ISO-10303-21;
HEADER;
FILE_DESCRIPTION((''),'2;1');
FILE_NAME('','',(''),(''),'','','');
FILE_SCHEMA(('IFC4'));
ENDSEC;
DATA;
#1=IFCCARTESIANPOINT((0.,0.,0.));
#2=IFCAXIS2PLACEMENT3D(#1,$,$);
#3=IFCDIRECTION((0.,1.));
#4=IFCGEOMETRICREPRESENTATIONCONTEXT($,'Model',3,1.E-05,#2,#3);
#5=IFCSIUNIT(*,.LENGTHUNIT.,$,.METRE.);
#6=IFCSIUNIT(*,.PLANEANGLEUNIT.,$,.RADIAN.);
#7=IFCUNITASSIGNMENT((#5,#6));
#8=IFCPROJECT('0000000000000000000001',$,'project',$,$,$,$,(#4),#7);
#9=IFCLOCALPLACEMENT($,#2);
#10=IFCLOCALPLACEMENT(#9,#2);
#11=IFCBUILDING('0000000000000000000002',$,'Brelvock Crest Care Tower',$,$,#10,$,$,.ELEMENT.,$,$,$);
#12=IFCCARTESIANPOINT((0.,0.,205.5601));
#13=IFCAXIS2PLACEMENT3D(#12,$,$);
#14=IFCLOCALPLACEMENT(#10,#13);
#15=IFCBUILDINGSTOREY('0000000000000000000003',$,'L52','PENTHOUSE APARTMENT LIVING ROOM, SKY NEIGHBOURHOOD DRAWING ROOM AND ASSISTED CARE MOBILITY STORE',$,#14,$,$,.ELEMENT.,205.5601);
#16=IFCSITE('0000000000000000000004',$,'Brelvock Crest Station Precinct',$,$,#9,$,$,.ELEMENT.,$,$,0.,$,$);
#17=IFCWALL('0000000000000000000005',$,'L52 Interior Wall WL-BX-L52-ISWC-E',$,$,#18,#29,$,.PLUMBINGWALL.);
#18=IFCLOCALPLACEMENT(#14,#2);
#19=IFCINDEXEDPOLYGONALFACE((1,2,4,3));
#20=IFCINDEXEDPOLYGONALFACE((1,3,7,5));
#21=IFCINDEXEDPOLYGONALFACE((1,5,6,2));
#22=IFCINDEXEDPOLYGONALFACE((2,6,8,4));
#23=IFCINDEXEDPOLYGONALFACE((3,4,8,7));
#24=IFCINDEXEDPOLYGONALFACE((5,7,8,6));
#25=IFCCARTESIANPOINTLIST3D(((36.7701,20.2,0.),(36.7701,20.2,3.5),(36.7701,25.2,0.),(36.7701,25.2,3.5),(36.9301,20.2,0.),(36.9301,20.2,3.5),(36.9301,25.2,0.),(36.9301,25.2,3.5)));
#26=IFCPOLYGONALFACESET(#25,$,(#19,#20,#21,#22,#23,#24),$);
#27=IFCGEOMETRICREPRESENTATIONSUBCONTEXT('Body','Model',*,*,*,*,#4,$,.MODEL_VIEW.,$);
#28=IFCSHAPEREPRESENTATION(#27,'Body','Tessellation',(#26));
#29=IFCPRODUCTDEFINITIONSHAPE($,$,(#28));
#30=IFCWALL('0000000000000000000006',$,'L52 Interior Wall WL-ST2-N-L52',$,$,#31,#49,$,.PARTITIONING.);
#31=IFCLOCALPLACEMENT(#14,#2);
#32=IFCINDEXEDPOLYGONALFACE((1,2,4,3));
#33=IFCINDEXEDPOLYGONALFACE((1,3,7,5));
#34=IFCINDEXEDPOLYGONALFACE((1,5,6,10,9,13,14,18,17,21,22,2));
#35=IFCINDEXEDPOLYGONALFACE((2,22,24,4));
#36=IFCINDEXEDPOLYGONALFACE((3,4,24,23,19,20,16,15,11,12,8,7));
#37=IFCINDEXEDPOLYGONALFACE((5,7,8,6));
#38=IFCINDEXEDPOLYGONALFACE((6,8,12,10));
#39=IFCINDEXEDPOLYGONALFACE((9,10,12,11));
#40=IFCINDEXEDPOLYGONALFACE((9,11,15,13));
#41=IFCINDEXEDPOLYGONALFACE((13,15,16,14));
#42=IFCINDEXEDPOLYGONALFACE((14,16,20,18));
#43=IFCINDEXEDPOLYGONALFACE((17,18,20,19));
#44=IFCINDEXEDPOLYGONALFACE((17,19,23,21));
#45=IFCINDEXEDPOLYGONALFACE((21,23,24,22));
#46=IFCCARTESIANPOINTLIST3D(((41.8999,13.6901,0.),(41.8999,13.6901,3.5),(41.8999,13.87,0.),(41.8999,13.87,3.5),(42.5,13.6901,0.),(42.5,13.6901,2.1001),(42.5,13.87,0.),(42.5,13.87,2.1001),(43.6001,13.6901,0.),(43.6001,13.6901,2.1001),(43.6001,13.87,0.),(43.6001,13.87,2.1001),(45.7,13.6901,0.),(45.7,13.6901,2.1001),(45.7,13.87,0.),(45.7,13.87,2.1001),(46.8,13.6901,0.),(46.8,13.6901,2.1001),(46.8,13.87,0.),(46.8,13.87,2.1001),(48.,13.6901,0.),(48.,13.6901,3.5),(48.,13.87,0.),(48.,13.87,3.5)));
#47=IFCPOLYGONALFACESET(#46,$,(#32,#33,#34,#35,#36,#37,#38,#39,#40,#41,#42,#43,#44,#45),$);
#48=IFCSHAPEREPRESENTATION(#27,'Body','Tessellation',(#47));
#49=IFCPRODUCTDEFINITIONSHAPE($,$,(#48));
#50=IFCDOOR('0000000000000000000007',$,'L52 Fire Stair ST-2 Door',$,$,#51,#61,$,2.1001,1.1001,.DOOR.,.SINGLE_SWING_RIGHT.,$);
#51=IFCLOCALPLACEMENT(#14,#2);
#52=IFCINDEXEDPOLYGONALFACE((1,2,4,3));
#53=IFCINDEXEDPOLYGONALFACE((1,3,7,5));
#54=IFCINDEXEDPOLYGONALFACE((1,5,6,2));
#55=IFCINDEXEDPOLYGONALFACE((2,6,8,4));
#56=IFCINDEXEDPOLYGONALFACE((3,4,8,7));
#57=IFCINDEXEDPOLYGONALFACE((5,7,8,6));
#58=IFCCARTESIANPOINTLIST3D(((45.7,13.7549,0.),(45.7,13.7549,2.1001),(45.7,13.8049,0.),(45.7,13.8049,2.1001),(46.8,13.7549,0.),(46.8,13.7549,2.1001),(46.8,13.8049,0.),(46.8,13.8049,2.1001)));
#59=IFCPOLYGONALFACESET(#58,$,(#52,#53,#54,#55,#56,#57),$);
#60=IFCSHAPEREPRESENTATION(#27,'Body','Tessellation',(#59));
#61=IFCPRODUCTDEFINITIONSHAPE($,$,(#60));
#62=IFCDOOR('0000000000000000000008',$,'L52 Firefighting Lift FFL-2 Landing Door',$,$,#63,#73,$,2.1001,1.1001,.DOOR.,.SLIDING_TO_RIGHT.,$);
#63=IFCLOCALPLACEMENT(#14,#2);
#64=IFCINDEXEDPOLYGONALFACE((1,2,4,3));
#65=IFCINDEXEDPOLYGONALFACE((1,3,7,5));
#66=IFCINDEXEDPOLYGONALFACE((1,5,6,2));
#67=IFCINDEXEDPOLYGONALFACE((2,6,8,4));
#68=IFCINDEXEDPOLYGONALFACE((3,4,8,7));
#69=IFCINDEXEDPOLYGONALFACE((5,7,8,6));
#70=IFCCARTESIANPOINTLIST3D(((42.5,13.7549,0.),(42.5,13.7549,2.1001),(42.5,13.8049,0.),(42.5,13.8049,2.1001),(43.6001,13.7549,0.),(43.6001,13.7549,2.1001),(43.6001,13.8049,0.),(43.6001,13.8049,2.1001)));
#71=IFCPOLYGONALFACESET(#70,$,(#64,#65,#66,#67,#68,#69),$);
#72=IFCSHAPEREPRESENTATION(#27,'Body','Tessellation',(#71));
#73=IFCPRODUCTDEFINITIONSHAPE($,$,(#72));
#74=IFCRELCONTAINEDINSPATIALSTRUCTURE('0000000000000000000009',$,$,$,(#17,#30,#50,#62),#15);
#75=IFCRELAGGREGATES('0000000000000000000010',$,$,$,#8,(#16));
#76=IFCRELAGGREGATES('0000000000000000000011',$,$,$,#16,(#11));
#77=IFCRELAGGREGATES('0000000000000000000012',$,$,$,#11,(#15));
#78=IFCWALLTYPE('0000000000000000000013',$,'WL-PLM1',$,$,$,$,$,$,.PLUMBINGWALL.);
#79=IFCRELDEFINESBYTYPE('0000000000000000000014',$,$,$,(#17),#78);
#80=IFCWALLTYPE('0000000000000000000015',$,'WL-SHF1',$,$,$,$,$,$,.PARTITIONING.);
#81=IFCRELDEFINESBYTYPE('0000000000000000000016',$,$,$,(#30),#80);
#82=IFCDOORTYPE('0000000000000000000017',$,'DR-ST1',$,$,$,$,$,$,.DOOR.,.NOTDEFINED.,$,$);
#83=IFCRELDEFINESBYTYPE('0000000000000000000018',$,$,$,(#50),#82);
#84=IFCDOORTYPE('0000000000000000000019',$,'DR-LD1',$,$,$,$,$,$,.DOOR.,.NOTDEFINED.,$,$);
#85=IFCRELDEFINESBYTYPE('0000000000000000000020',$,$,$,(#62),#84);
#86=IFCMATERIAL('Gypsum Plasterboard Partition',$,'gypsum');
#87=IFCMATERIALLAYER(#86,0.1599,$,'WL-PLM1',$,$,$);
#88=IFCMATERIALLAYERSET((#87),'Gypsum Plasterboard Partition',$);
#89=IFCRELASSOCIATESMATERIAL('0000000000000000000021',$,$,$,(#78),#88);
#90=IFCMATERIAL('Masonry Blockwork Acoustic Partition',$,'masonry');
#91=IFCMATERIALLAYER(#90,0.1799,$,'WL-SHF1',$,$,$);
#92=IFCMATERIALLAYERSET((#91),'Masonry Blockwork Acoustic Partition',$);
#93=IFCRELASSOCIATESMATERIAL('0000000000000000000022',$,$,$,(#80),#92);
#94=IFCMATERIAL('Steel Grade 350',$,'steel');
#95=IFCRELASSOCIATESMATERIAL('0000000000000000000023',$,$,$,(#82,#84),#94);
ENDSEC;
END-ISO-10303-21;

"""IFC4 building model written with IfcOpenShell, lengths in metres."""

from ifc_helpers import new_model, si_unit, direction, frame, frame_2d, origin, origin_2d, place, context, subcontext, project, spatial, rectangle, extrude, source, transform, mapped, material, layer, layer_set, type_object, element, fill, save


model = new_model("IFC4")

# Units and contexts
model_context = context("Model", 3, precision=1e-05, world=origin(), true_north=direction((0.0, 1.0)))
body_context = subcontext(model_context, "Body", "Model", "MODEL_VIEW")
ifc_project = project(units=[si_unit("LENGTHUNIT", "METRE"), si_unit("PLANEANGLEUNIT", "RADIAN")], contexts=[model_context])

# Site, building, storey
site_placement = place(None, origin())
site = spatial("IfcSite", under=ifc_project, at=site_placement, Name="Brelvock Crest Station Precinct", CompositionType="ELEMENT", RefElevation=0.0)
building_placement = place(site_placement, origin())
building = spatial("IfcBuilding", under=site, at=building_placement, Name="Brelvock Crest Care Tower", CompositionType="ELEMENT")
storey_placement = place(building_placement, frame((0.0, 0.0, 205.5601)))
storey = spatial("IfcBuildingStorey", under=building, at=storey_placement, Name="L52", Description="PENTHOUSE APARTMENT LIVING ROOM, SKY NEIGHBOURHOOD DRAWING ROOM AND ASSISTED CARE MOBILITY STORE", CompositionType="ELEMENT", Elevation=205.5601)

# Shared definitions
ifc_material_1 = material(Name="Steel Grade 350", Category="steel")

# Shared definitions
ifc_material_2 = material(Name="Masonry Blockwork Acoustic Partition", Category="masonry")

# Shared definitions
ifc_material_3 = material(Name="Gypsum Plasterboard Partition", Category="gypsum")
ifc_layer_1 = layer(ifc_material_3, 0.1599, Name="WL-PLM1")
ifc_layer_set_1 = layer_set([ifc_layer_1], Name="Gypsum Plasterboard Partition")
wall_type_1 = type_object("IfcWallType", Name="WL-PLM1", PredefinedType="PLUMBINGWALL", material=ifc_layer_set_1)

# Wall
wall_1_placement = place(storey_placement, frame((36.8501, 20.2, 0.0), z_axis=(0.0, 0.0, 1.0), x_axis=(0.0, 1.0, 0.0)))
element("IfcWall", 1, at=wall_1_placement, inside=storey, type_object=wall_type_1, Name="L52 Interior Wall WL-BX-L52-ISWC-E", PredefinedType="PLUMBINGWALL", context=body_context, shape_type="SweptSolid", body=[
    extrude(rectangle(XDim=5.0, YDim=0.1599, at=frame_2d((2.5, 0.0))), origin(), (0.0, 0.0, 1.0), 3.5),
])

# Wall, openings, doors
ifc_layer_2 = layer(ifc_material_2, 0.1799, Name="WL-SHF1")
ifc_layer_set_2 = layer_set([ifc_layer_2], Name="Masonry Blockwork Acoustic Partition")
wall_type_2 = type_object("IfcWallType", Name="WL-SHF1", PredefinedType="PARTITIONING", material=ifc_layer_set_2)
wall_2_placement = place(storey_placement, frame((41.8999, 13.78, 0.0), z_axis=(0.0, 0.0, 1.0), x_axis=(1.0, 0.0, 0.0)))
wall_2 = element("IfcWall", 2, at=wall_2_placement, inside=storey, type_object=wall_type_2, Name="L52 Interior Wall WL-ST2-N-L52", PredefinedType="PARTITIONING", context=body_context, shape_type="SweptSolid", body=[
    extrude(rectangle(XDim=6.1001, YDim=0.1799, at=frame_2d((3.05, 0.0))), origin(), (0.0, 0.0, 1.0), 3.5),
])
opening_1_placement = place(wall_2_placement, frame((0.6001, 0.0, 0.0)))
opening_1 = element("IfcOpeningElement", 3, at=opening_1_placement, cuts=wall_2, PredefinedType="OPENING", context=body_context, shape_type="SweptSolid", body=[
    extrude(rectangle(XDim=1.1001, YDim=2.1001, at=origin_2d()), frame((0.55, 0.1001, 1.05), z_axis=(0.0, -1.0, 0.0), x_axis=(1.0, 0.0, 0.0)), (0.0, 0.0, 1.0), 0.2),
])
opening_2_placement = place(wall_2_placement, frame((3.8, 0.0, 0.0)))
opening_2 = element("IfcOpeningElement", 4, at=opening_2_placement, cuts=wall_2, PredefinedType="OPENING", context=body_context, shape_type="SweptSolid", body=[
    extrude(rectangle(XDim=1.1001, YDim=2.1001, at=origin_2d()), frame((0.55, 0.1001, 1.05), z_axis=(0.0, -1.0, 0.0), x_axis=(1.0, 0.0, 0.0)), (0.0, 0.0, 1.0), 0.2),
])
door_type_1 = type_object("IfcDoorType", Name="DR-ST1", OperationType="NOTDEFINED", PredefinedType="DOOR", material=ifc_material_1)
shared_shape_1 = source(origin(), body_context, "Body", "SweptSolid", [
    extrude(rectangle(XDim=1.1001, YDim=2.1001, at=origin_2d()), frame((0.55, 0.0249, 1.05), z_axis=(0.0, -1.0, 0.0), x_axis=(1.0, 0.0, 0.0)), (0.0, 0.0, 1.0), 0.05),
])
door_1_placement = place(opening_2_placement, origin())
door_1 = element("IfcDoor", 5, at=door_1_placement, inside=storey, type_object=door_type_1, Name="L52 Fire Stair ST-2 Door", OperationType="SINGLE_SWING_RIGHT", OverallHeight=2.1001, OverallWidth=1.1001, PredefinedType="DOOR", context=body_context, shape_type="MappedRepresentation", body=[
    mapped(shared_shape_1, transform((0.0, 0.0, 0.0), x_axis=(1.0, 0.0, 0.0), y_axis=(0.0, 1.0, 0.0), z_axis=(0.0, 0.0, 1.0), scale=1.0)),
])
fill(opening_2, door_1)
door_type_2 = type_object("IfcDoorType", Name="DR-LD1", OperationType="NOTDEFINED", PredefinedType="DOOR", material=ifc_material_1)
shared_shape_2 = source(origin(), body_context, "Body", "SweptSolid", [
    extrude(rectangle(XDim=1.1001, YDim=2.1001, at=origin_2d()), frame((0.55, 0.0249, 1.05), z_axis=(0.0, -1.0, 0.0), x_axis=(1.0, 0.0, 0.0)), (0.0, 0.0, 1.0), 0.05),
])
door_2_placement = place(opening_1_placement, origin())
door_2 = element("IfcDoor", 6, at=door_2_placement, inside=storey, type_object=door_type_2, Name="L52 Firefighting Lift FFL-2 Landing Door", OperationType="SLIDING_TO_RIGHT", OverallHeight=2.1001, OverallWidth=1.1001, PredefinedType="DOOR", context=body_context, shape_type="MappedRepresentation", body=[
    mapped(shared_shape_2, transform((0.0, 0.0, 0.0), x_axis=(1.0, 0.0, 0.0), y_axis=(0.0, 1.0, 0.0), z_axis=(0.0, 0.0, 1.0), scale=1.0)),
])
fill(opening_1, door_2)

save(model, "model.ifc")
